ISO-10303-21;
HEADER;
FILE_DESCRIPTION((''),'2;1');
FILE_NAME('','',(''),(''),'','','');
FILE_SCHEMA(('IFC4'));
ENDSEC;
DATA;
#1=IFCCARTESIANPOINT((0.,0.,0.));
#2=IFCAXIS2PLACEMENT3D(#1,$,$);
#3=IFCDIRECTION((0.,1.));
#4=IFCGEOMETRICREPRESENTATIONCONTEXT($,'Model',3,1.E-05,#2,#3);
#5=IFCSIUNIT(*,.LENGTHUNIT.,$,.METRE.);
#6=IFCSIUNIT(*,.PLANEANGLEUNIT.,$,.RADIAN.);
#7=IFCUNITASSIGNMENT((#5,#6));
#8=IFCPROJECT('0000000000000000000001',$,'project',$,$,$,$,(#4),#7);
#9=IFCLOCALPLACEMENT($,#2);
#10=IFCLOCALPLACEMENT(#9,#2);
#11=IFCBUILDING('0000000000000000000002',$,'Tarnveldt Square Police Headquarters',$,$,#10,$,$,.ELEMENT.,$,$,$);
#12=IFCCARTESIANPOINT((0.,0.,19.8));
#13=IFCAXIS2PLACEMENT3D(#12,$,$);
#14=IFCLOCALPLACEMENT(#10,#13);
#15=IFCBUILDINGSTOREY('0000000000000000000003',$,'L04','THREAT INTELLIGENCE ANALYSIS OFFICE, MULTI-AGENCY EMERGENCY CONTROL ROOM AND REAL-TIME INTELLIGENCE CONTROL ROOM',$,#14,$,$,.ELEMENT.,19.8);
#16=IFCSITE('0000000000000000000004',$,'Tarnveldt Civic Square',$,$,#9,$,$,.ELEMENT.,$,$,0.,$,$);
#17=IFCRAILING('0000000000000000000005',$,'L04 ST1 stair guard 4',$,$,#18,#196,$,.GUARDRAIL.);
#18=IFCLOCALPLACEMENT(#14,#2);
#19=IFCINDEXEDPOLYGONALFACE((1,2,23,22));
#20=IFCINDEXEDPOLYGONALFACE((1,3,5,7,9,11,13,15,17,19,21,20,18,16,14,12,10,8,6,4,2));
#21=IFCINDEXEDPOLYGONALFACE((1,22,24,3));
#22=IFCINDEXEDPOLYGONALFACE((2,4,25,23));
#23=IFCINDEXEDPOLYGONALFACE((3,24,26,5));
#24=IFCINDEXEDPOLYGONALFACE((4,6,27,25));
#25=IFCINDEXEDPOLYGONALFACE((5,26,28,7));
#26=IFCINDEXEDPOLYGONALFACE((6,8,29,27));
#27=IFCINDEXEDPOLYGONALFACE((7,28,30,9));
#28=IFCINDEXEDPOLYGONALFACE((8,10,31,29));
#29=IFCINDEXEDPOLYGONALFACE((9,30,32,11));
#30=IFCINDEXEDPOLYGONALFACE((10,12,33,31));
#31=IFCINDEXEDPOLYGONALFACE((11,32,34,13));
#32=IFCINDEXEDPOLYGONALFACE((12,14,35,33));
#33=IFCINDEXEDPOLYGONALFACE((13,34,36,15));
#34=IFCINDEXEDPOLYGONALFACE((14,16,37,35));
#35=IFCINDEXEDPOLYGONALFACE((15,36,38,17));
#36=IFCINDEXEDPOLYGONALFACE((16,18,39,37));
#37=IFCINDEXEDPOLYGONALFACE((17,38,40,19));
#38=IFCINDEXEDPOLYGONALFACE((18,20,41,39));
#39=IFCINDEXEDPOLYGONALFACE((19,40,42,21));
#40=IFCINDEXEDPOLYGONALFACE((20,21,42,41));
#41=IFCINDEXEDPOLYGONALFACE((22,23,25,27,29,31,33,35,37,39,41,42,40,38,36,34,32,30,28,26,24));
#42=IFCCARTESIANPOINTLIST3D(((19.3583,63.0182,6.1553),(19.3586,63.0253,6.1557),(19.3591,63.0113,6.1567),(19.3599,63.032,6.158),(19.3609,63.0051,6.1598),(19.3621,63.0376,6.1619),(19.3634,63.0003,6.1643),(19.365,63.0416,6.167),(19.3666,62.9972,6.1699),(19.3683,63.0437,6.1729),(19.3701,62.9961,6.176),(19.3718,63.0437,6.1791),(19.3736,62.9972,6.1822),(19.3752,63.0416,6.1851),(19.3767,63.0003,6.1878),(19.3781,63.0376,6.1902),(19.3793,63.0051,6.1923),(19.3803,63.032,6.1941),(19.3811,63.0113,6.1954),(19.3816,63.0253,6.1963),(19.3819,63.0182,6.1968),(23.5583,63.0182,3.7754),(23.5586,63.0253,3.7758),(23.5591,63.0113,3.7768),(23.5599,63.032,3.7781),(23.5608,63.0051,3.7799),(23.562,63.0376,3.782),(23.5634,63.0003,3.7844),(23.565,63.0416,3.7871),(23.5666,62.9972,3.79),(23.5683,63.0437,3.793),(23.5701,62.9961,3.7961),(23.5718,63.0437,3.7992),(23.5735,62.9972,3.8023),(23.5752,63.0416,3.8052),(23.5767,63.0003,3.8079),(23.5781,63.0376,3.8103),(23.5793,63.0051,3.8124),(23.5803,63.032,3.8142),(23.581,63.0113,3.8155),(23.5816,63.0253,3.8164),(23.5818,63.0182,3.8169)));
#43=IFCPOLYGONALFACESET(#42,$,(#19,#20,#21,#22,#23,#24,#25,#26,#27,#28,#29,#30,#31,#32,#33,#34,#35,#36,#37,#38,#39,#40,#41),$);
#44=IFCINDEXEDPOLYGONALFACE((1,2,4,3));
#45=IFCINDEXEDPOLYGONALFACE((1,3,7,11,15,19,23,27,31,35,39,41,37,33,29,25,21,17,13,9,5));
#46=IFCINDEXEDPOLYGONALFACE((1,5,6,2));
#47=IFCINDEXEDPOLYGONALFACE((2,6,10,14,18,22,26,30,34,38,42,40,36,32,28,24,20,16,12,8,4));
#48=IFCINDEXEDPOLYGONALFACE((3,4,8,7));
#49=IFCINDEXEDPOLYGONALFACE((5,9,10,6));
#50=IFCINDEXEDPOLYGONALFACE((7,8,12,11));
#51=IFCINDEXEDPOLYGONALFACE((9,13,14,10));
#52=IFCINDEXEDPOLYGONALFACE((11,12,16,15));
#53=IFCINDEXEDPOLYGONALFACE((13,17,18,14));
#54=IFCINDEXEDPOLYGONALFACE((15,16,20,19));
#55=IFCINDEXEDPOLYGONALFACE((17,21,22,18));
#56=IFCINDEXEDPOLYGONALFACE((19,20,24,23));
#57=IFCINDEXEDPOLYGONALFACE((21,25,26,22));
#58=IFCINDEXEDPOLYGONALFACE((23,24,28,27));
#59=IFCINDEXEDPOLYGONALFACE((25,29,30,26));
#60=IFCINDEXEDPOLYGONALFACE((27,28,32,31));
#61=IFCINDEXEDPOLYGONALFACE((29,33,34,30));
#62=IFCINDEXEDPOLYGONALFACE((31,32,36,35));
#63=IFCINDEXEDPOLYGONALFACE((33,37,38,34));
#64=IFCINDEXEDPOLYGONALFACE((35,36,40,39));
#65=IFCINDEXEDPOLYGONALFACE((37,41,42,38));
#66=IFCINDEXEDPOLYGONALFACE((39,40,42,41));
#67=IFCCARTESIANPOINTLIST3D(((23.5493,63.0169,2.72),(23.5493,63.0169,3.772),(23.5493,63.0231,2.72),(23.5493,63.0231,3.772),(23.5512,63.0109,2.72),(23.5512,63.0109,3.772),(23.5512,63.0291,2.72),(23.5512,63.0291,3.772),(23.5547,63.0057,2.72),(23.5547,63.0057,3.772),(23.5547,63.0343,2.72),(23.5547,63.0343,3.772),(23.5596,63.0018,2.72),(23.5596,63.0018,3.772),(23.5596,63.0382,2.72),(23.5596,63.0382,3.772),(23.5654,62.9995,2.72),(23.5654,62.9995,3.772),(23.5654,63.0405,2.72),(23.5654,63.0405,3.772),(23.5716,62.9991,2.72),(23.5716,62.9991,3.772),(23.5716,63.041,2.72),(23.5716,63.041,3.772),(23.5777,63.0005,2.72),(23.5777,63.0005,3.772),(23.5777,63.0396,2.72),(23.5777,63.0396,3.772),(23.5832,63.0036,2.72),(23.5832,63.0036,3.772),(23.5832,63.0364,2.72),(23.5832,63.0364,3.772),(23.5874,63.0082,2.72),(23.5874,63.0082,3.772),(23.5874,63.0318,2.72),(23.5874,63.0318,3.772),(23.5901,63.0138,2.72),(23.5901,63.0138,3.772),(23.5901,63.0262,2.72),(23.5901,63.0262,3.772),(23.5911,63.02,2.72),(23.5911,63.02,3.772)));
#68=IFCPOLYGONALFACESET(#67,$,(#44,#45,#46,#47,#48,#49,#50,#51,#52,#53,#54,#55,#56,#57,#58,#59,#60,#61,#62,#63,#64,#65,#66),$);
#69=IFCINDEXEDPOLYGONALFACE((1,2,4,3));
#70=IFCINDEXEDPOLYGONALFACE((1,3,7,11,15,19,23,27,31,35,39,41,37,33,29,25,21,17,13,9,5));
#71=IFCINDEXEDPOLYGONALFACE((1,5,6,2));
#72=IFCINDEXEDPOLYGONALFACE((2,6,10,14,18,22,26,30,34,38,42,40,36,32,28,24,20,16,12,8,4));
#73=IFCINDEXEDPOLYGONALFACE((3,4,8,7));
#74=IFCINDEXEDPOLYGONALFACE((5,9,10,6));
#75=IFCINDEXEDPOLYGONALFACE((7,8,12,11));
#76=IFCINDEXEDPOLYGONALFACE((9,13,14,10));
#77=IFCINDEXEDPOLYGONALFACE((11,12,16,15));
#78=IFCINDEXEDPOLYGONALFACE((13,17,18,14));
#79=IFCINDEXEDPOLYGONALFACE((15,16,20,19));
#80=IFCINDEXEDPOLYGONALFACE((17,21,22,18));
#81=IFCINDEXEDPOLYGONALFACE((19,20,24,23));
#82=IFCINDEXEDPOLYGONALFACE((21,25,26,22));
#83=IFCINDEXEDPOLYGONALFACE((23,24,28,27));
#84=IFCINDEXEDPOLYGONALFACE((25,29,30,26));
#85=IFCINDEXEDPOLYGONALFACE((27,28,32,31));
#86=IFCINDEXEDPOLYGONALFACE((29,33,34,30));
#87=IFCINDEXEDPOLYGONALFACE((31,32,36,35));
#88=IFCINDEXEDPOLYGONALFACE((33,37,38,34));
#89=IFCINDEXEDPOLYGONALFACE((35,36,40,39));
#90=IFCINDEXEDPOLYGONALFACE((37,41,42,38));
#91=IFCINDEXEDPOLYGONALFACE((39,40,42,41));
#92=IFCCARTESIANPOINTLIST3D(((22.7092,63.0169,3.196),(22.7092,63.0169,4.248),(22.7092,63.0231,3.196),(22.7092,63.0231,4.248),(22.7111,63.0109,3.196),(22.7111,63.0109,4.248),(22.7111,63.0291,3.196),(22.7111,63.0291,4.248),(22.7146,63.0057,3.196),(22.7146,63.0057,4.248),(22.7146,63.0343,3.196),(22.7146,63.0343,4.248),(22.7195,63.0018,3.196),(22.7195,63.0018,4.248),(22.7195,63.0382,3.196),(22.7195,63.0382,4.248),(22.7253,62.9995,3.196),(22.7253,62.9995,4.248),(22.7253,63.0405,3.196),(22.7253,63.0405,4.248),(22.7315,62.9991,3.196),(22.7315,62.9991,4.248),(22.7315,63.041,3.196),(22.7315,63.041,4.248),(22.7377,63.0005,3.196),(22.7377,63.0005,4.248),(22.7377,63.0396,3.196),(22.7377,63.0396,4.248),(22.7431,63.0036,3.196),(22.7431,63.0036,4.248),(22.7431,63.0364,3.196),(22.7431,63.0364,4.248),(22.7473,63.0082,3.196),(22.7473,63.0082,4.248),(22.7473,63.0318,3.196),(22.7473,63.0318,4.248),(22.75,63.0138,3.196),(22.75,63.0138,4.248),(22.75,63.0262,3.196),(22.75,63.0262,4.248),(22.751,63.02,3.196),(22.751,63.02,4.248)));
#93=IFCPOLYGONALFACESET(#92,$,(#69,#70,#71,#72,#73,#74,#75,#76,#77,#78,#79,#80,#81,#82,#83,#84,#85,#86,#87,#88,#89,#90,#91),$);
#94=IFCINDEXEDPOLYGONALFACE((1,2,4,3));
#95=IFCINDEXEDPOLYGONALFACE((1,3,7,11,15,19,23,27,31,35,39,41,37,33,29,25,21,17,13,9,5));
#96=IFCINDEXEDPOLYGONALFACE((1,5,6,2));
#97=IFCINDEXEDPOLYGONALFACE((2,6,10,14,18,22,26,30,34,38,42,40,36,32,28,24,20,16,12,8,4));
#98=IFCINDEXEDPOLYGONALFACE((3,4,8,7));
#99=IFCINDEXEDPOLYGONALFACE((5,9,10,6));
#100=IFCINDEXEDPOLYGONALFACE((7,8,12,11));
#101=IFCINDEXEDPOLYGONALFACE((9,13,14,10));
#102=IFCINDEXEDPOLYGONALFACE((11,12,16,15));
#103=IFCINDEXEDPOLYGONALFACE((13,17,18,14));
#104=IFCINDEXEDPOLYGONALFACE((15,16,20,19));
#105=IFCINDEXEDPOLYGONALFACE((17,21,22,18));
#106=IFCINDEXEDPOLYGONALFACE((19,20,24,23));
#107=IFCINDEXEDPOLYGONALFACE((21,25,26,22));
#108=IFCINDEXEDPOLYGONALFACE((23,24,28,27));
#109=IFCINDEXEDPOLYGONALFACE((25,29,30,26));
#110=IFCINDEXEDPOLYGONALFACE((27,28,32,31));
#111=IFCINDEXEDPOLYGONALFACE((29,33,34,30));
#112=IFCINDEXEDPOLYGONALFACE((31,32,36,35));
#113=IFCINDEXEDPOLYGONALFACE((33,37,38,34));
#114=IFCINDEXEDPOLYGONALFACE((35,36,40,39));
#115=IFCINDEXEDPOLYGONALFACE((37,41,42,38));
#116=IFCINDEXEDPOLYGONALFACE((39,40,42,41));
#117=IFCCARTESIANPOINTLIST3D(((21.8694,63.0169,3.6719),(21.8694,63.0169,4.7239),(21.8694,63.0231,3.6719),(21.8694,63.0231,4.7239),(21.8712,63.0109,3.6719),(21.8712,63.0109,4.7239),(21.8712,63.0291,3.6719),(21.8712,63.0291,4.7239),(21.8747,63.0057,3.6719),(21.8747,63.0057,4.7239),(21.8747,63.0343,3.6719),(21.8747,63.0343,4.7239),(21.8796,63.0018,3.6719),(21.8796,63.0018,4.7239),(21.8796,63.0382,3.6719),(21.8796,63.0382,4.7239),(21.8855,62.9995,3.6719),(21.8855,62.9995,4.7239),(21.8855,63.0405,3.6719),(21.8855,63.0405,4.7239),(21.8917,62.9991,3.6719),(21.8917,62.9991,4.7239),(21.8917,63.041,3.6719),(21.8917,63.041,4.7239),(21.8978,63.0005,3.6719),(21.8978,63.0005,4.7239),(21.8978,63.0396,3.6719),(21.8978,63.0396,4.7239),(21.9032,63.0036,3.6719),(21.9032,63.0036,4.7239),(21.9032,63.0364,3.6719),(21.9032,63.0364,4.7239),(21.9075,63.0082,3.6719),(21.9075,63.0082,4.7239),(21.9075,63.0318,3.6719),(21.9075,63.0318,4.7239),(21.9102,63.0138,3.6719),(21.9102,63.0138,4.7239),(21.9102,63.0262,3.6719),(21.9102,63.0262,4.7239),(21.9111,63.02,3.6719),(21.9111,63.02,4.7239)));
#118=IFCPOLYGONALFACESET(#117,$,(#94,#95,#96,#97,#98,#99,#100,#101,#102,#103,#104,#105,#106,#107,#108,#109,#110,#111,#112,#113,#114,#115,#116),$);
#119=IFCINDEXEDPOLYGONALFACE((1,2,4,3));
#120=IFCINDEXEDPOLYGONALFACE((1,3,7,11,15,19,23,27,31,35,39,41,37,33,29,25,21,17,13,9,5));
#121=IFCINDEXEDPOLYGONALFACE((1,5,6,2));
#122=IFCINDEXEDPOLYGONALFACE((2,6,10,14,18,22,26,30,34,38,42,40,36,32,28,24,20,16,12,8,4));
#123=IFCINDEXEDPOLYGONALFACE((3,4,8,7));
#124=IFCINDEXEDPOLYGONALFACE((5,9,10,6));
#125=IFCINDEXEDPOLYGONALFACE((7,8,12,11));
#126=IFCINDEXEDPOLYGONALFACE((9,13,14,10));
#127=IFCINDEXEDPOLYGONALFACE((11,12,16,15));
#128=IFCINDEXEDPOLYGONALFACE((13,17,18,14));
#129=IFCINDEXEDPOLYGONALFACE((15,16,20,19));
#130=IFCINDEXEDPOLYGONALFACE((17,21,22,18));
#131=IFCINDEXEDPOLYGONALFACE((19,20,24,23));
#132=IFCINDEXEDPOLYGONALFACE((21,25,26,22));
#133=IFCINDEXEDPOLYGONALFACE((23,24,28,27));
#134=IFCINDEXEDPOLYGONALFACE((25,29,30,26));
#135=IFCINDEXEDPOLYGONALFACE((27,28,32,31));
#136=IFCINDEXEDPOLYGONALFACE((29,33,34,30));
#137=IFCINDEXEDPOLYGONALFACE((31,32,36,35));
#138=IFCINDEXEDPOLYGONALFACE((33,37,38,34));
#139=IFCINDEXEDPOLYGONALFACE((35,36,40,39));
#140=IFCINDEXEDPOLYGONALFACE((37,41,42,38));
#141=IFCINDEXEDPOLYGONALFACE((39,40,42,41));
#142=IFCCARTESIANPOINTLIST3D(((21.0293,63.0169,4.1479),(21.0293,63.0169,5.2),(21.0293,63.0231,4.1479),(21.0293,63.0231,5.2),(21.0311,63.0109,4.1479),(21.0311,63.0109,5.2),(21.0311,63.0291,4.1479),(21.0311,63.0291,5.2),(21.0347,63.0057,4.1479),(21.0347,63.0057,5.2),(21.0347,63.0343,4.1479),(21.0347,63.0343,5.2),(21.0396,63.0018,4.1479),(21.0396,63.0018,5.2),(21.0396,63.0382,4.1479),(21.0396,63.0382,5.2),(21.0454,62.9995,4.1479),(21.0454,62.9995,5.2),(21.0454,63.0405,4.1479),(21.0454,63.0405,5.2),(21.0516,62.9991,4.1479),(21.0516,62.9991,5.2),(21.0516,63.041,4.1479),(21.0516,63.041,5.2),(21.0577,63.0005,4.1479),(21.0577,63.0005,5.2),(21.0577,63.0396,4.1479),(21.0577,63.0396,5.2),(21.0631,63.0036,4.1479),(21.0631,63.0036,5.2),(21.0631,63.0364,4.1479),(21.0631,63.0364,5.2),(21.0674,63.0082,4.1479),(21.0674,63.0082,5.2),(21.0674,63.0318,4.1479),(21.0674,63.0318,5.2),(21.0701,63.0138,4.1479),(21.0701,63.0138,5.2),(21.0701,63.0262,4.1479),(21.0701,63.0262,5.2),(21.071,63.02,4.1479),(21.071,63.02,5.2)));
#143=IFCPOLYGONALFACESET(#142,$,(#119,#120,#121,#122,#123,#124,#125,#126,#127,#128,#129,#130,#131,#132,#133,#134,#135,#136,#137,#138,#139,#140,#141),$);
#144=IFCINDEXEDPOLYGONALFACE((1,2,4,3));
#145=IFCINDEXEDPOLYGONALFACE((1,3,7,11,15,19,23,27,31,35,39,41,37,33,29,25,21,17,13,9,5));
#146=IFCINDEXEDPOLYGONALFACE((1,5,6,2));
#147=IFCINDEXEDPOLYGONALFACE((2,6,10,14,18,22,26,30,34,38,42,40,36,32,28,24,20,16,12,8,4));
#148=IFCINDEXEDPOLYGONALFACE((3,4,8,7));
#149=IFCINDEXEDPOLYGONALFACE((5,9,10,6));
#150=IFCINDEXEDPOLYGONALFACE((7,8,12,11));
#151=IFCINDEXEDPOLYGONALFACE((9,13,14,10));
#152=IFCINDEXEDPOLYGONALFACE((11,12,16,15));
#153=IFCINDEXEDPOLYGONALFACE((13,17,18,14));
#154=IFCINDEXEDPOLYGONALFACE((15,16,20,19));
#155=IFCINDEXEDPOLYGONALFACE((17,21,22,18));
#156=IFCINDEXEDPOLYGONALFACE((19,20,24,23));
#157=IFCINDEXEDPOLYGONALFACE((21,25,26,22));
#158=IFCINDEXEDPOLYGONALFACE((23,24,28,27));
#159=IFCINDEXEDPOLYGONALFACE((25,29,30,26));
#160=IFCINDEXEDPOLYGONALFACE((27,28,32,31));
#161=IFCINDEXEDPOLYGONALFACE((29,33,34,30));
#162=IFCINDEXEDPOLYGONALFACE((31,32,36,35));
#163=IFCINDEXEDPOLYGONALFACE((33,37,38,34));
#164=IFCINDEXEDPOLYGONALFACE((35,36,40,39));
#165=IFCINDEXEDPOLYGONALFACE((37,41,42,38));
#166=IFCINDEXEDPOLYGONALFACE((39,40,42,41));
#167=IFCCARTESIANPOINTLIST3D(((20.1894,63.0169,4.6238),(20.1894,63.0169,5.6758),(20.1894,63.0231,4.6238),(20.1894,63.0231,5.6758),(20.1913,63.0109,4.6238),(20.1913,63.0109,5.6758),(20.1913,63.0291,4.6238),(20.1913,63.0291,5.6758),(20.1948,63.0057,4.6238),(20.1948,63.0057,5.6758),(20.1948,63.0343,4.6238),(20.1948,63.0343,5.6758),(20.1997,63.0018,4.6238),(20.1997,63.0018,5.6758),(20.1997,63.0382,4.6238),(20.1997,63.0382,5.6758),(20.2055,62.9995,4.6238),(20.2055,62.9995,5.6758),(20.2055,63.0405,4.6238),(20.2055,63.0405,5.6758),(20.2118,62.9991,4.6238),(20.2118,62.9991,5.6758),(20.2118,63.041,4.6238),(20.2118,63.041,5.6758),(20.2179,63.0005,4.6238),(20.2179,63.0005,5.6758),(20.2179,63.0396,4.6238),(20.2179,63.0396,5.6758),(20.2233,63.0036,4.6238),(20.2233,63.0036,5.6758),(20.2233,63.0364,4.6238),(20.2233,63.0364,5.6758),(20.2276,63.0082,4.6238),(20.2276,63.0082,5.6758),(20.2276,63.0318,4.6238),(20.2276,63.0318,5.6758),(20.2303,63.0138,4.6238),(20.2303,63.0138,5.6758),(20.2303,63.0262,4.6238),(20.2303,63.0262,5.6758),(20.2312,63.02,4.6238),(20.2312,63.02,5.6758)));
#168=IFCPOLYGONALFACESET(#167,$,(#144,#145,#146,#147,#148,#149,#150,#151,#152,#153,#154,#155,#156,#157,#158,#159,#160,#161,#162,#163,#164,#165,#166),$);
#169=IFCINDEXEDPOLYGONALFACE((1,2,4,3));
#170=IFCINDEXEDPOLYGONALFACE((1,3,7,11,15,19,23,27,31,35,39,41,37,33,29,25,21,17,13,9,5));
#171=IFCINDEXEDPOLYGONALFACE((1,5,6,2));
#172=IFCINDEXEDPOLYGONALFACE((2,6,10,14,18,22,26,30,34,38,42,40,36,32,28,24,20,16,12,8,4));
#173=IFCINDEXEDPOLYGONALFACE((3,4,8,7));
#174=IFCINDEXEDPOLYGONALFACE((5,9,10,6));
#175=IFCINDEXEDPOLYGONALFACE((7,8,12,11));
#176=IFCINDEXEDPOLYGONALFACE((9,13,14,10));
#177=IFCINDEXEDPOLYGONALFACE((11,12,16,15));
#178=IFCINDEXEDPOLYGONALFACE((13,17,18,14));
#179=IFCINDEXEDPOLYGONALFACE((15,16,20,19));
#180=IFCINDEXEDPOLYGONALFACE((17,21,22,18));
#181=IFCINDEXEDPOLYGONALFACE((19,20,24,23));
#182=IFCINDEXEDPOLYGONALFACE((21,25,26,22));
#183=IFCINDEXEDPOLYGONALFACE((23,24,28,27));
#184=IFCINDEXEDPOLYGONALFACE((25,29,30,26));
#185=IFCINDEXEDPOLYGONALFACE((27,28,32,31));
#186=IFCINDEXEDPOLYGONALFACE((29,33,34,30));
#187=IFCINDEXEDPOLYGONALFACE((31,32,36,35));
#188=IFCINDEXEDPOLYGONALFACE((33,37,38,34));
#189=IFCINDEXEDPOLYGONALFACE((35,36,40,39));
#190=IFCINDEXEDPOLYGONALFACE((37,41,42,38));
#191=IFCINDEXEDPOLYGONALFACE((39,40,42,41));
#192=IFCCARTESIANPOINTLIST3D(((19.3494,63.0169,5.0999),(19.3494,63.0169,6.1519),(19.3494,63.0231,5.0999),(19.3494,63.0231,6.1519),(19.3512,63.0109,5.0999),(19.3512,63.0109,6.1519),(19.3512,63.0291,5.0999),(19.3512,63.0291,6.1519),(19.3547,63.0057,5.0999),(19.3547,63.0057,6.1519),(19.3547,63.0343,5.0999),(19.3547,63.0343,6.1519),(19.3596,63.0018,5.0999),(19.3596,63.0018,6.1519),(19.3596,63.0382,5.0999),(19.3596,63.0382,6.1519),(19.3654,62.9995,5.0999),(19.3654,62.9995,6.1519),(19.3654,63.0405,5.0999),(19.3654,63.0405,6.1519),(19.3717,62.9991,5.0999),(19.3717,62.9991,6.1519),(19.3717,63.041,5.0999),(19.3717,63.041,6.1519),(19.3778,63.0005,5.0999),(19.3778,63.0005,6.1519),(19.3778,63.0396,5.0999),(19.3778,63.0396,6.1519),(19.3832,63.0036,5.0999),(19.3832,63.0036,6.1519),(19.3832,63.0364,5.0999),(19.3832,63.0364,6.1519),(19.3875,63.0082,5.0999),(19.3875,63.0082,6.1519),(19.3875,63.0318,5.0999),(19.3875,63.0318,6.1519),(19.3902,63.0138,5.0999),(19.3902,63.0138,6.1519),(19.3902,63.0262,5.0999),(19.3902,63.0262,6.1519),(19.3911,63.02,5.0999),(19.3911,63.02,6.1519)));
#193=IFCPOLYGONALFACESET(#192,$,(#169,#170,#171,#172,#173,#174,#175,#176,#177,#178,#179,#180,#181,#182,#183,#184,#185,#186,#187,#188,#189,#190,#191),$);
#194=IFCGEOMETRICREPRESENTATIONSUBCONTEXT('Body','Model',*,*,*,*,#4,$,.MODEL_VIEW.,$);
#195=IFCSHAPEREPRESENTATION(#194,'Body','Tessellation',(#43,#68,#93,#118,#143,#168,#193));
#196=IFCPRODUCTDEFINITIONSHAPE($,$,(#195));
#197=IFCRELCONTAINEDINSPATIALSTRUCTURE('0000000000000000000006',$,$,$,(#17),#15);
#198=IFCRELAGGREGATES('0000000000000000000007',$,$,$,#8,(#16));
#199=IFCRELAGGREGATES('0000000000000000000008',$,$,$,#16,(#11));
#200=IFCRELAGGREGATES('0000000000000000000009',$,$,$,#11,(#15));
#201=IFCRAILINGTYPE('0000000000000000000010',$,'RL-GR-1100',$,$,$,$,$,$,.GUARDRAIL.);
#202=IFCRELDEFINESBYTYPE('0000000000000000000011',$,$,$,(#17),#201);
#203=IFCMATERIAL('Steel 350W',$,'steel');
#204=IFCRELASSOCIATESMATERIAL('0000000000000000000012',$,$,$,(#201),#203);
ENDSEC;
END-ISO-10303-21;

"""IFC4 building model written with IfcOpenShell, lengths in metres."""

from ifc_helpers import new_model, si_unit, direction, frame, origin, origin_2d, place, context, subcontext, project, spatial, circle, extrude, material, type_object, element, save


model = new_model("IFC4")

# Units and contexts
model_context = context("Model", 3, precision=1e-05, world=origin(), true_north=direction((0.0, 1.0)))
body_context = subcontext(model_context, "Body", "Model", "MODEL_VIEW")
ifc_project = project(units=[si_unit("LENGTHUNIT", "METRE"), si_unit("PLANEANGLEUNIT", "RADIAN")], contexts=[model_context])

# Site, building, storey
site_placement = place(None, origin())
site = spatial("IfcSite", under=ifc_project, at=site_placement, Name="Tarnveldt Civic Square", CompositionType="ELEMENT", RefElevation=0.0)
building_placement = place(site_placement, origin())
building = spatial("IfcBuilding", under=site, at=building_placement, Name="Tarnveldt Square Police Headquarters", CompositionType="ELEMENT")
storey_placement = place(building_placement, frame((0.0, 0.0, 19.8)))
storey = spatial("IfcBuildingStorey", under=building, at=storey_placement, Name="L04", Description="THREAT INTELLIGENCE ANALYSIS OFFICE, MULTI-AGENCY EMERGENCY CONTROL ROOM AND REAL-TIME INTELLIGENCE CONTROL ROOM", CompositionType="ELEMENT", Elevation=19.8)

# Shared definitions
ifc_material_1 = material(Name="Steel 350W", Category="steel")

# Railing
railing_type_1 = type_object("IfcRailingType", Name="RL-GR-1100", PredefinedType="GUARDRAIL", material=ifc_material_1)
railing_1_placement = place(storey_placement, frame((23.5701, 63.02, 2.72)))
element("IfcRailing", 1, at=railing_1_placement, inside=storey, type_object=railing_type_1, Name="L04 ST1 stair guard 4", PredefinedType="GUARDRAIL", context=body_context, shape_type="SweptSolid", body=[
    extrude(circle(Radius=0.0239, at=origin_2d()), frame((0.0, 0.0, 1.0762), z_axis=(-0.87003, 0.0, 0.492999), x_axis=(0.0, -1.0, 0.0)), (0.0, 0.0, 1.0), 4.8274),
    extrude(circle(Radius=0.021, at=origin_2d()), origin(), (0.0, 0.0, 1.0), 1.052),
    extrude(circle(Radius=0.021, at=origin_2d()), frame((-0.8401, 0.0, 0.4761)), (0.0, 0.0, 1.0), 1.052),
    extrude(circle(Radius=0.021, at=origin_2d()), frame((-1.6799, 0.0, 0.9519)), (0.0, 0.0, 1.0), 1.052),
    extrude(circle(Radius=0.021, at=origin_2d()), frame((-2.52, 0.0, 1.428)), (0.0, 0.0, 1.0), 1.052),
    extrude(circle(Radius=0.021, at=origin_2d()), frame((-3.3599, 0.0, 1.9038)), (0.0, 0.0, 1.0), 1.052),
    extrude(circle(Radius=0.021, at=origin_2d()), frame((-4.2, 0.0, 2.3799)), (0.0, 0.0, 1.0), 1.052),
])

save(model, "model.ifc")
